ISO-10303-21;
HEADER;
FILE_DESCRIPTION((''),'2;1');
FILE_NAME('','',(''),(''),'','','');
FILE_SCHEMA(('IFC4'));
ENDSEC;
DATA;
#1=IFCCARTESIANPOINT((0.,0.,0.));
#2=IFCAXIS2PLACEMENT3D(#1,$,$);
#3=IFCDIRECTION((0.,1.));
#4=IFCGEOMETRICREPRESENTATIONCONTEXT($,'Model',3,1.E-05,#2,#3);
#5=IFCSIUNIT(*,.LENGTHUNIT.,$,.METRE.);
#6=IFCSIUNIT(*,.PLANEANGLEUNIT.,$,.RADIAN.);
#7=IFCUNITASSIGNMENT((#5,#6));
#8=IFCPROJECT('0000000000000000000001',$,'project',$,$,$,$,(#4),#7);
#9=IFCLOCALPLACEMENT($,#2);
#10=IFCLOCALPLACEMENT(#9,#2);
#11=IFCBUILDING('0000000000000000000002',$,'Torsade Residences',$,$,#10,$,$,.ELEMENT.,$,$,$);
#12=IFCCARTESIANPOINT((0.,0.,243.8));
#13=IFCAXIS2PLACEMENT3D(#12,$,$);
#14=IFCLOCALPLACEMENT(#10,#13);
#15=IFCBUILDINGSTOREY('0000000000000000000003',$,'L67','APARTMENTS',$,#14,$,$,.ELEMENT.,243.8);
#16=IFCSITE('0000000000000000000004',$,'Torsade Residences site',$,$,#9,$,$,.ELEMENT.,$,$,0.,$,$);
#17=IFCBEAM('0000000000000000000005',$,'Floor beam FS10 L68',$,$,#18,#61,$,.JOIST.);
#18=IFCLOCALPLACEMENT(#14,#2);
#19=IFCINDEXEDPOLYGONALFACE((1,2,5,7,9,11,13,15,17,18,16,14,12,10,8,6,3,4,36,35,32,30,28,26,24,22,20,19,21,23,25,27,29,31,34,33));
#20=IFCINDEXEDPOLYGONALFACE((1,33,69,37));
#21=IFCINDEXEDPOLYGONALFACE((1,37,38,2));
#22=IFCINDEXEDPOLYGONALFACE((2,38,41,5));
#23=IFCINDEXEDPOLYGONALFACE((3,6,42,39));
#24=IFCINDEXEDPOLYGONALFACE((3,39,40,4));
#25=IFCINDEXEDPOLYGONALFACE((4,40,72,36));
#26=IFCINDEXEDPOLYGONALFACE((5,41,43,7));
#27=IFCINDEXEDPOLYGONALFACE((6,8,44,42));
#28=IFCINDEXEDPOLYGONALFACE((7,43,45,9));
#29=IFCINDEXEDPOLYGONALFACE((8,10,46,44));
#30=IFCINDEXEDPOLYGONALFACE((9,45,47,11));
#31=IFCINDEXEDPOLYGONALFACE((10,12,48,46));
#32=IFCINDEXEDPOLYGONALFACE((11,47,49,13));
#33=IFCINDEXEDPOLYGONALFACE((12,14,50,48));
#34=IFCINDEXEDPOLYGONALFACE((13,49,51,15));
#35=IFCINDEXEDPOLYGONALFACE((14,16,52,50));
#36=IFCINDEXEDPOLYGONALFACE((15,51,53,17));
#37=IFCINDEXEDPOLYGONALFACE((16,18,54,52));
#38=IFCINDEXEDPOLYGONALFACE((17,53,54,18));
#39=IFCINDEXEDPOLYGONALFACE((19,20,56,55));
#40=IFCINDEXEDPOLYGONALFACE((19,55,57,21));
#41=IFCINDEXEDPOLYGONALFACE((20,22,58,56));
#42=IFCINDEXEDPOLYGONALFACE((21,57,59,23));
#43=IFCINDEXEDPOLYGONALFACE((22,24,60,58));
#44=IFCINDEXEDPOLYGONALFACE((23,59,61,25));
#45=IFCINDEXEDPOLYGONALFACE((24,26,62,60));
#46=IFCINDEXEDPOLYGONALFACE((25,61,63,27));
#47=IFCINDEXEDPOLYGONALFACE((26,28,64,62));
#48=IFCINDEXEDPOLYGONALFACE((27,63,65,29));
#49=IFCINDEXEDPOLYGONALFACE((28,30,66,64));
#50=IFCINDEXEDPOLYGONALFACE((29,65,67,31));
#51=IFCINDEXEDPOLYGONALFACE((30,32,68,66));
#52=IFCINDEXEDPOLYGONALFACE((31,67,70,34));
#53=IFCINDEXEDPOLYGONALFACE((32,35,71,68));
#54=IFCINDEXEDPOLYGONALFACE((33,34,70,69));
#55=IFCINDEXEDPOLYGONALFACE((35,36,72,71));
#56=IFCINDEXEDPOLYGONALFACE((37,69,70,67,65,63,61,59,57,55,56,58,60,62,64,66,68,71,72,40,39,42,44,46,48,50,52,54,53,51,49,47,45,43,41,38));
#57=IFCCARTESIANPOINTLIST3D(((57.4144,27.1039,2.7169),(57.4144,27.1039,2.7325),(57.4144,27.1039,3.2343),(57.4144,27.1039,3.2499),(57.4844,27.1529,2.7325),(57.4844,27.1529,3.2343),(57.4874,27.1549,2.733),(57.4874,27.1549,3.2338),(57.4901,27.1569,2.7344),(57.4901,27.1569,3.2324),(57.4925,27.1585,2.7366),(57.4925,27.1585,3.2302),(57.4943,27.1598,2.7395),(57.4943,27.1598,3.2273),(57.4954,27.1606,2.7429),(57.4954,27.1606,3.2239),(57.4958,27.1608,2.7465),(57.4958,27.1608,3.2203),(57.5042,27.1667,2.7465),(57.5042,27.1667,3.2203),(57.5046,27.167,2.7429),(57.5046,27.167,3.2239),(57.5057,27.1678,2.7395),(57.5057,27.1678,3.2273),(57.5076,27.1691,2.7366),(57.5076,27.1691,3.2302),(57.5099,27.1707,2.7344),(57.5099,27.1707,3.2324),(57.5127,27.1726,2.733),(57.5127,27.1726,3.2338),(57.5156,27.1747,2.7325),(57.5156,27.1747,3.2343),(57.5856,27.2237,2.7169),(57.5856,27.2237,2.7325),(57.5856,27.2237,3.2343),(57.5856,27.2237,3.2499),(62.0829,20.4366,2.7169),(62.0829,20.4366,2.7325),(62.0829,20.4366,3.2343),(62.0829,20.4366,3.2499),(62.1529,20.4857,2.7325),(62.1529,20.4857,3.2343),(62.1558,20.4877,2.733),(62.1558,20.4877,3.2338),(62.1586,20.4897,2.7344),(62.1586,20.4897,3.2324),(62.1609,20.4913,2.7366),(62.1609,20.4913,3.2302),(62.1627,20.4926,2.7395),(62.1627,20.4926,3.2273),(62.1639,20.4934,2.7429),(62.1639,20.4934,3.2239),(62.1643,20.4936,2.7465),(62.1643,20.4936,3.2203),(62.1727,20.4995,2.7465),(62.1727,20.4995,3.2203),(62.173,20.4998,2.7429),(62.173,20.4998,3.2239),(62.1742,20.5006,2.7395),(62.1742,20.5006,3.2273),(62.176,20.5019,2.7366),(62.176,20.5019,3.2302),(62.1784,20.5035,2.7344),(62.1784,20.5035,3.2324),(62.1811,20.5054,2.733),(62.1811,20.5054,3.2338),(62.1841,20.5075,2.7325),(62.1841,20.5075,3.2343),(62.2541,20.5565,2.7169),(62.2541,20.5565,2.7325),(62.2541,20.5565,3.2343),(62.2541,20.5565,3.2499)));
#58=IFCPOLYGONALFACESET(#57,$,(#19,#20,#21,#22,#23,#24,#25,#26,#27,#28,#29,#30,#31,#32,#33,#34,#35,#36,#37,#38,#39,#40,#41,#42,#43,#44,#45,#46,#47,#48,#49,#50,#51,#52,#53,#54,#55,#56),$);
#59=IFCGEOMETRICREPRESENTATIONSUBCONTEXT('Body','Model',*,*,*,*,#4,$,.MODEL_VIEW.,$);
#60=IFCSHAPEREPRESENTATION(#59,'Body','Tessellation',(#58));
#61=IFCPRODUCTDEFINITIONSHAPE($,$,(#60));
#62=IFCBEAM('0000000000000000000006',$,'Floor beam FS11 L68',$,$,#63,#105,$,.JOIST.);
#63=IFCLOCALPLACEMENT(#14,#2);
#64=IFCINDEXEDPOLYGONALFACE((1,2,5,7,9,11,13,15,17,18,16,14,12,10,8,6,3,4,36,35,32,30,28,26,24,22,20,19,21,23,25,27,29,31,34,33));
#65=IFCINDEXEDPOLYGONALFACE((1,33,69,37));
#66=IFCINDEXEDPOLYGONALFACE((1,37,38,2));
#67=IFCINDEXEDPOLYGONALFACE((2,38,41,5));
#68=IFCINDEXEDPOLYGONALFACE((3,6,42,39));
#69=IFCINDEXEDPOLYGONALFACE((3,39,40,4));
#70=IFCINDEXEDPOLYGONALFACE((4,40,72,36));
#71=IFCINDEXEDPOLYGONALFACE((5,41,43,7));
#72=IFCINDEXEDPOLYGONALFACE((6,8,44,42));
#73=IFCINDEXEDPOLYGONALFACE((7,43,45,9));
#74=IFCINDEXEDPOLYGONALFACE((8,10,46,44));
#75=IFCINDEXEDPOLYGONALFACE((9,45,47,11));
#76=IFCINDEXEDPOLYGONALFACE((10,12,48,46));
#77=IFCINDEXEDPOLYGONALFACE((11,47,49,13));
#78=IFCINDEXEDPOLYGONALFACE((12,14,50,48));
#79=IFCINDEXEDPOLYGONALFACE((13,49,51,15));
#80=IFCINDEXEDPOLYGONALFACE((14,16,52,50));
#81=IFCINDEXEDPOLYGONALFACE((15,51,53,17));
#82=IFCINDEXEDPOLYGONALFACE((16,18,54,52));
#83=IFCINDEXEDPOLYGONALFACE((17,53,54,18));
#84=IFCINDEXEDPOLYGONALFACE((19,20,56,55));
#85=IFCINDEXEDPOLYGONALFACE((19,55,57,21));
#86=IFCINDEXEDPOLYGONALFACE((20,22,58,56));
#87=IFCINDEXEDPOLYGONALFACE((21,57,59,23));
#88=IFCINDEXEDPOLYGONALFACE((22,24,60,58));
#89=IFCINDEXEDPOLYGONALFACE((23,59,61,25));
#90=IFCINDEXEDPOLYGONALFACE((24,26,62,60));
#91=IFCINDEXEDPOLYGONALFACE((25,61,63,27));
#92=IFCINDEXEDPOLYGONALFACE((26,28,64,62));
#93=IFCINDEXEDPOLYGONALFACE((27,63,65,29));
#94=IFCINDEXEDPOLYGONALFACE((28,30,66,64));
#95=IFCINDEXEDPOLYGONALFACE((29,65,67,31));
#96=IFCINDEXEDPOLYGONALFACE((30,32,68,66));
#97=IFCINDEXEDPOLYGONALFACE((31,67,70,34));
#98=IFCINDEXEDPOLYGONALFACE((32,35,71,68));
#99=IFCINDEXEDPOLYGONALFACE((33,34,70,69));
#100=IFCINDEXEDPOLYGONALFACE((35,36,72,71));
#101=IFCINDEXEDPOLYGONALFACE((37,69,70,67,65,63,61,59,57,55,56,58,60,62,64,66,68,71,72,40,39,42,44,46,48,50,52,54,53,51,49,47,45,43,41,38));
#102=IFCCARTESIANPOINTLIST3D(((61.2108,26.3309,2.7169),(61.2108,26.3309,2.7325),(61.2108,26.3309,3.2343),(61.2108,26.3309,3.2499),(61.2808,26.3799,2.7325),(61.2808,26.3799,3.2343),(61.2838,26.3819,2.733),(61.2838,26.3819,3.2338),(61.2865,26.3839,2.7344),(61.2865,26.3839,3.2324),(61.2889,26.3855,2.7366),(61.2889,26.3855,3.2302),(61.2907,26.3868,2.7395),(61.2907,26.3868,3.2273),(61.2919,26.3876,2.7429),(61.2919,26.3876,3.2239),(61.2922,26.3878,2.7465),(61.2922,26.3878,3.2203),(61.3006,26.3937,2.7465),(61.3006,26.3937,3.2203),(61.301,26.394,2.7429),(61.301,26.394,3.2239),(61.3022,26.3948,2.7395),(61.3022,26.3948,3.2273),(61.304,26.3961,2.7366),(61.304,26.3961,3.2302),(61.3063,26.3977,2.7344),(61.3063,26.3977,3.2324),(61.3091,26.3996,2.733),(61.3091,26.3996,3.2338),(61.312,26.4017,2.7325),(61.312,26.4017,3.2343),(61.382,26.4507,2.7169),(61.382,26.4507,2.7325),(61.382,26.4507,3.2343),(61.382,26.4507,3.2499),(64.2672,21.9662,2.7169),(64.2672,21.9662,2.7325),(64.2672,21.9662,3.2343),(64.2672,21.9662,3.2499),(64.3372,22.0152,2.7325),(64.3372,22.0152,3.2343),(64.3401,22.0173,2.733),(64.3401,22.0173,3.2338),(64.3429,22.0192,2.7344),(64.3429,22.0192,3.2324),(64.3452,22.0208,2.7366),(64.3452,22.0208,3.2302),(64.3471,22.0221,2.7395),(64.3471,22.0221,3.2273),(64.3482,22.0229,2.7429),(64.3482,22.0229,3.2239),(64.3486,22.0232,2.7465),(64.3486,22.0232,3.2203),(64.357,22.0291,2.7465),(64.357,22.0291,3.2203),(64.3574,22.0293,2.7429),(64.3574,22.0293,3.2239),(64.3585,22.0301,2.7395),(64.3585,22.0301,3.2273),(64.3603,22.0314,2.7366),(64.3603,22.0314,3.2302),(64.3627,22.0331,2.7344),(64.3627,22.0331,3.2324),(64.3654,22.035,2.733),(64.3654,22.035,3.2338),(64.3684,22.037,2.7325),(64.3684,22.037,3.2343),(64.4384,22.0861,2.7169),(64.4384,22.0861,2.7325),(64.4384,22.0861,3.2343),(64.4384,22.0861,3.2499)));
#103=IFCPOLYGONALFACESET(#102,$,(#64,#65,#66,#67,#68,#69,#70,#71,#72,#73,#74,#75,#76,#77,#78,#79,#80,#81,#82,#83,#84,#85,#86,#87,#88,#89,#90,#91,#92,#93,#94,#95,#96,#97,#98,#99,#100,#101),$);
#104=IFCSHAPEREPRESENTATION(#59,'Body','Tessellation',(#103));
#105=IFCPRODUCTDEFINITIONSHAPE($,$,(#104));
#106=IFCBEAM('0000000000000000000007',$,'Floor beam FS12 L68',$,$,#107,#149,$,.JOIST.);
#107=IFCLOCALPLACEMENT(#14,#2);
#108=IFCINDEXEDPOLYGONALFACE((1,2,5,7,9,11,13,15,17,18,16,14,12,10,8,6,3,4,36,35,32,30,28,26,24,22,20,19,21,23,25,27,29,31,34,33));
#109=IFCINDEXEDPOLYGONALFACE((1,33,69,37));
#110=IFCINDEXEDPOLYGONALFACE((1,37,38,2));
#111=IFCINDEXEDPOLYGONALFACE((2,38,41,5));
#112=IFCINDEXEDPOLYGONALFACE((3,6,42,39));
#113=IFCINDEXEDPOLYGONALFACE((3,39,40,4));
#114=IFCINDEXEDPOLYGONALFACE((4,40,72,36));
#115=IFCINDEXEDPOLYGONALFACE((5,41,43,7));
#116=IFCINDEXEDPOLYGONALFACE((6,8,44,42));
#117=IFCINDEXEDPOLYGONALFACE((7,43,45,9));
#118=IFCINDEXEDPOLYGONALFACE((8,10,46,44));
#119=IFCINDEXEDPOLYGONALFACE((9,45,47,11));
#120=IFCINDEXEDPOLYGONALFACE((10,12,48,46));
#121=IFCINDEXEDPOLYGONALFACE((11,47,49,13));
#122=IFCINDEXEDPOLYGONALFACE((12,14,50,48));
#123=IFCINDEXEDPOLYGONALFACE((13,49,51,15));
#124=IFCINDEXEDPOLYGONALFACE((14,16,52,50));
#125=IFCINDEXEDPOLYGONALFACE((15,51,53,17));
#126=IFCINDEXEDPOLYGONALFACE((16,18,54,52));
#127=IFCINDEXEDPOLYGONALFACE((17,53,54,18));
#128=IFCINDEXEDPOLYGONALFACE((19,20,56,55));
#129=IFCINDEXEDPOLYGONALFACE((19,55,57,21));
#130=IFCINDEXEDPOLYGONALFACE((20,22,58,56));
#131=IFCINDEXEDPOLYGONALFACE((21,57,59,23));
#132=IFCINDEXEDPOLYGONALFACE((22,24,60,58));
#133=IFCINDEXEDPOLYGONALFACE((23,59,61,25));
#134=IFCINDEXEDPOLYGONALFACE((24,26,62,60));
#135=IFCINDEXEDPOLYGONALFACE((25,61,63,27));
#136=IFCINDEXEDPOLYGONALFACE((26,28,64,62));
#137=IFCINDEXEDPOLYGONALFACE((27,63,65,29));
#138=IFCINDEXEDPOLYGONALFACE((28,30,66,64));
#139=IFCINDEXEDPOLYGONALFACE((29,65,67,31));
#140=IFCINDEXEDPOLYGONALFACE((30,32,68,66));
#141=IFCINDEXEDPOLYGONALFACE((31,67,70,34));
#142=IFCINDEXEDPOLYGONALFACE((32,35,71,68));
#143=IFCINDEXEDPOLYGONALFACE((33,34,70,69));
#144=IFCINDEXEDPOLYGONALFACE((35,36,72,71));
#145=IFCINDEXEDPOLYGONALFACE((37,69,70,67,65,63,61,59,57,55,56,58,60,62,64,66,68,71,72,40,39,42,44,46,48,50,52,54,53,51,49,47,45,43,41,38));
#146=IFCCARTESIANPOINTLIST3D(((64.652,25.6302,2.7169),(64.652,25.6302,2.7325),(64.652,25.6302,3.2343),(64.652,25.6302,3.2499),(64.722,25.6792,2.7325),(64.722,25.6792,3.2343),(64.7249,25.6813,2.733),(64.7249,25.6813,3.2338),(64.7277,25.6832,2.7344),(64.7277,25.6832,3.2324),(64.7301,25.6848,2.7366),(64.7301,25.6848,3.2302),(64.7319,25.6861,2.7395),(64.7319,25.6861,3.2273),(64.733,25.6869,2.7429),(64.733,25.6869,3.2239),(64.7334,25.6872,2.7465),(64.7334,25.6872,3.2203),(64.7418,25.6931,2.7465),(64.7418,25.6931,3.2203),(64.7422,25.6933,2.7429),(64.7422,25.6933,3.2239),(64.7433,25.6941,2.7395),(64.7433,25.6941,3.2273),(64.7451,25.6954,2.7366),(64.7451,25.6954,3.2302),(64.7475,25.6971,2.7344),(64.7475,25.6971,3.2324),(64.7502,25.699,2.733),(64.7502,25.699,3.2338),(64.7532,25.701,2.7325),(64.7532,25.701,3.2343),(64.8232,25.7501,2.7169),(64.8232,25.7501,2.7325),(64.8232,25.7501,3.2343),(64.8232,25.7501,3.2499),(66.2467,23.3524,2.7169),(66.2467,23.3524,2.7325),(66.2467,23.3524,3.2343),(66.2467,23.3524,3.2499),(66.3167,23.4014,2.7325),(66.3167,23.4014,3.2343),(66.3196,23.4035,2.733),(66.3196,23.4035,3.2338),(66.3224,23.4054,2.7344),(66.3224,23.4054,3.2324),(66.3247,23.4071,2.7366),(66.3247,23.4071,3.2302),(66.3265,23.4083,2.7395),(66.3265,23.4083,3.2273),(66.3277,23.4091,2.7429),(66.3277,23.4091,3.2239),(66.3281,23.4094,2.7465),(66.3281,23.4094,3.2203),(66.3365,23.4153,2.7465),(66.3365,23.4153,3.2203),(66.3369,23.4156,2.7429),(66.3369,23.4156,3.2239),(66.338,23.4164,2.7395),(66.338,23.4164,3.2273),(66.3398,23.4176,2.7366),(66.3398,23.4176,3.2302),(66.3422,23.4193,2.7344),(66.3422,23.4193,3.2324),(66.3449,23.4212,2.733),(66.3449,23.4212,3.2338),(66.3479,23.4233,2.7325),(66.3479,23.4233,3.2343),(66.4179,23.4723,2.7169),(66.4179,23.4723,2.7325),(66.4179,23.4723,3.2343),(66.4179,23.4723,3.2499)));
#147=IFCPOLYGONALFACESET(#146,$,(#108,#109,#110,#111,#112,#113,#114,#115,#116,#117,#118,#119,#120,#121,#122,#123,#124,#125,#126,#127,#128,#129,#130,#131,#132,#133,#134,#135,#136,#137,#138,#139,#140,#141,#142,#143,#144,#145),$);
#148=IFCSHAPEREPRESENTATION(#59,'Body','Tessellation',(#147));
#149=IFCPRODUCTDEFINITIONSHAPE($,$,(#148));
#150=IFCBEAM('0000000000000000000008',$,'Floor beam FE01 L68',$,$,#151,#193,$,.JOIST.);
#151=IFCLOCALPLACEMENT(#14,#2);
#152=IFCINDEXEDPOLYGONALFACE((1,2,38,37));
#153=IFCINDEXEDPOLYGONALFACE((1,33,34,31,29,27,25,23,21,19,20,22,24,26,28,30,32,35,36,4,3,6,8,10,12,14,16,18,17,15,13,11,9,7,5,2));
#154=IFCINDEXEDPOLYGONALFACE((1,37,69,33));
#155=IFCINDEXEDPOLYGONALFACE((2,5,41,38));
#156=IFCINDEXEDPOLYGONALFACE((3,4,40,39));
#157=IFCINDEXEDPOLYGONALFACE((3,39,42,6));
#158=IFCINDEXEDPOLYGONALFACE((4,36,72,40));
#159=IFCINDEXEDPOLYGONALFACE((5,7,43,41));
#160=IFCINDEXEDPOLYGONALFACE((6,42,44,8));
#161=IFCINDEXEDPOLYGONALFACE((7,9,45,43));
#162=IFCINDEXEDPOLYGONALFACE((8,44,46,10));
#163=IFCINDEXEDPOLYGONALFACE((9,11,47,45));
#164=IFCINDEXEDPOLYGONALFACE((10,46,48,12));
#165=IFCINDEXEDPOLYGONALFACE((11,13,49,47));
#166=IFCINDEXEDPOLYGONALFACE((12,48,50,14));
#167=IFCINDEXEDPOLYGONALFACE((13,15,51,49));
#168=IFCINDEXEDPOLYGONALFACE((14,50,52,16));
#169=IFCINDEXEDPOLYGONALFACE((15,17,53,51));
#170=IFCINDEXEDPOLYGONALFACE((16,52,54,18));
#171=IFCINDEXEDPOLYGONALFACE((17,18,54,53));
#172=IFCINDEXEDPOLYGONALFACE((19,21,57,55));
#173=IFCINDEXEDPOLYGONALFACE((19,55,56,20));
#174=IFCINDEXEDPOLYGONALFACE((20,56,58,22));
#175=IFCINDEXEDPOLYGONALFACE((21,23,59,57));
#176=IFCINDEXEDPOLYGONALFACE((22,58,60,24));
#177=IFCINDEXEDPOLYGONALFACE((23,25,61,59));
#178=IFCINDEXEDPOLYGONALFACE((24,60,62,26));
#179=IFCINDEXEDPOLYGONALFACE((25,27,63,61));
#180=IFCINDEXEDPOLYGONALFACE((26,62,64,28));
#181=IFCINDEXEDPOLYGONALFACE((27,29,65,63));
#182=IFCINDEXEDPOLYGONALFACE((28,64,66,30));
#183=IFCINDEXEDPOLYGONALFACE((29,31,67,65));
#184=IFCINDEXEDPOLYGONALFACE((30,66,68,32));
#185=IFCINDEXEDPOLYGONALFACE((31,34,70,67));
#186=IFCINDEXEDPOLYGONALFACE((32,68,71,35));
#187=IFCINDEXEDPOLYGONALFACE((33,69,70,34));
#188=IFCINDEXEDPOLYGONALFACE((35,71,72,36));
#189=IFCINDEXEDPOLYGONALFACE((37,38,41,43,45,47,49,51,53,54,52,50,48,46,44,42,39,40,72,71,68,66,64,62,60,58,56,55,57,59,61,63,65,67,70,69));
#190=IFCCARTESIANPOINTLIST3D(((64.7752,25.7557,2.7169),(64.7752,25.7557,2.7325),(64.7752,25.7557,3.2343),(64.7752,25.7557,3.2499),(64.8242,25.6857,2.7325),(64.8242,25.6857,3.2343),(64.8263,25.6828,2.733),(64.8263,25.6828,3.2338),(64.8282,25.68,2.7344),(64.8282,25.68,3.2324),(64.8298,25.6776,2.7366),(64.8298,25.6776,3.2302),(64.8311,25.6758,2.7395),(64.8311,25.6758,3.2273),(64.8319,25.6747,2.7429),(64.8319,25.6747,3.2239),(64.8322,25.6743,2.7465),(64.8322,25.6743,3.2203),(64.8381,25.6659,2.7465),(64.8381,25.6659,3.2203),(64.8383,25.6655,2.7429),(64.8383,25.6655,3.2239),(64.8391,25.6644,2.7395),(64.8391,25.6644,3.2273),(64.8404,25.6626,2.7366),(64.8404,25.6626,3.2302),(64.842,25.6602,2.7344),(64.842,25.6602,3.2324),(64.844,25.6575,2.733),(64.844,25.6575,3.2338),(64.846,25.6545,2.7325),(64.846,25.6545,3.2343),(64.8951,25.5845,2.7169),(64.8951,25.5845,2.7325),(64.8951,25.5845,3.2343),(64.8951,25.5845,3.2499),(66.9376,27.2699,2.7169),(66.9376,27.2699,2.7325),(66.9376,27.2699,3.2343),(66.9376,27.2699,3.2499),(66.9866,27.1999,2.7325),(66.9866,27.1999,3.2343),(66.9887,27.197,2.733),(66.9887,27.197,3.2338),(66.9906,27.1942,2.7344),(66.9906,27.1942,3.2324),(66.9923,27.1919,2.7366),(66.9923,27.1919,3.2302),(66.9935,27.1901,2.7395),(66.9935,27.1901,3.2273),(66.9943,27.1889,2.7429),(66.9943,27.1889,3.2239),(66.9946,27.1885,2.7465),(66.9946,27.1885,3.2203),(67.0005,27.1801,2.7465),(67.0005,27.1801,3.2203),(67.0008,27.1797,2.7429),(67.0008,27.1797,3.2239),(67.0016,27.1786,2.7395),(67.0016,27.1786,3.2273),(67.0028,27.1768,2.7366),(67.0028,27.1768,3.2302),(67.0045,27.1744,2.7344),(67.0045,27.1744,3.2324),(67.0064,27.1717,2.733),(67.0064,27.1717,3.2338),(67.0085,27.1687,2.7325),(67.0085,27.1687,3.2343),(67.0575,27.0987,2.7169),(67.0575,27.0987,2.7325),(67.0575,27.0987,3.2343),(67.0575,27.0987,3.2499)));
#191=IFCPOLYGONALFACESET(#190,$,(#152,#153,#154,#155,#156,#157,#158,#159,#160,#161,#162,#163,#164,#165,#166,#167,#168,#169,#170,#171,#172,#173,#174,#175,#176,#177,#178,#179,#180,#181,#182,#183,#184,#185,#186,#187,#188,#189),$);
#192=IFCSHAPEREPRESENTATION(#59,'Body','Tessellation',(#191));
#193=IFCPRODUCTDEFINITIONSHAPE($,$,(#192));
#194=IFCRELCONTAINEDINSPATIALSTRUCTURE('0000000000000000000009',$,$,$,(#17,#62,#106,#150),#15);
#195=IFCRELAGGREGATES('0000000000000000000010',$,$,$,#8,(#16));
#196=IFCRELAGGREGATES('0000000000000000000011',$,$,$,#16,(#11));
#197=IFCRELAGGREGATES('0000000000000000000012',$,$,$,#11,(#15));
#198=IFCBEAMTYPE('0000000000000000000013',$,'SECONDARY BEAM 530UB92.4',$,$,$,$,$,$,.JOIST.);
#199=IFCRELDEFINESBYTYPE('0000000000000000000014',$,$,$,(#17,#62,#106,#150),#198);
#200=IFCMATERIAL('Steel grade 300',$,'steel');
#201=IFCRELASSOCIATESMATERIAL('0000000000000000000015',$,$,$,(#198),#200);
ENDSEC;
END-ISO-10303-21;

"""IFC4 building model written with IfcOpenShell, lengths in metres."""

from ifc_helpers import new_model, si_unit, direction, frame, origin, origin_2d, place, context, subcontext, project, spatial, i_section, extrude, material, material_profile, profile_set, type_object, element, save


model = new_model("IFC4")

# Units and contexts
model_context = context("Model", 3, precision=1e-05, world=origin(), true_north=direction((0.0, 1.0)))
body_context = subcontext(model_context, "Body", "Model", "MODEL_VIEW")
ifc_project = project(units=[si_unit("LENGTHUNIT", "METRE"), si_unit("PLANEANGLEUNIT", "RADIAN")], contexts=[model_context])

# Site, building, storey
site_placement = place(None, origin())
site = spatial("IfcSite", under=ifc_project, at=site_placement, Name="Torsade Residences site", CompositionType="ELEMENT", RefElevation=0.0)
building_placement = place(site_placement, origin())
building = spatial("IfcBuilding", under=site, at=building_placement, Name="Torsade Residences", CompositionType="ELEMENT")
storey_placement = place(building_placement, frame((0.0, 0.0, 243.8)))
storey = spatial("IfcBuildingStorey", under=building, at=storey_placement, Name="L67", Description="APARTMENTS", CompositionType="ELEMENT", Elevation=243.8)

# Beams
ifc_material_1 = material(Name="Steel grade 300", Category="steel")
ifc_material_profile_1 = material_profile(ifc_material_1, i_section(OverallWidth=0.209, OverallDepth=0.533, WebThickness=0.0103, FlangeThickness=0.0156, FilletRadius=0.0139, at=origin_2d()), Name="530UB92.4")
ifc_profile_set_1 = profile_set([ifc_material_profile_1], Name="Steel grade 300")
beam_type_1 = type_object("IfcBeamType", Name="SECONDARY BEAM 530UB92.4", PredefinedType="JOIST", material=ifc_profile_set_1)
beam_1_placement = place(storey_placement, frame((62.1685, 20.4966, 2.9834), z_axis=(-0.573577, 0.819152, 0.0), x_axis=(-0.819152, -0.573577, 0.0)))
element("IfcBeam", 1, at=beam_1_placement, inside=storey, type_object=beam_type_1, Name="Floor beam FS10 L68", PredefinedType="JOIST", context=body_context, shape_type="SweptSolid", body=[
    extrude(i_section(OverallWidth=0.209, OverallDepth=0.533, WebThickness=0.0103, FlangeThickness=0.0156, FilletRadius=0.0139, at=origin_2d()), origin(), (0.0, 0.0, 1.0), 8.1392),
])
beam_2_placement = place(storey_placement, frame((64.3528, 22.0261, 2.9834), z_axis=(-0.573598, 0.819137, 0.0), x_axis=(-0.819137, -0.573598, 0.0)))
element("IfcBeam", 2, at=beam_2_placement, inside=storey, type_object=beam_type_1, Name="Floor beam FS11 L68", PredefinedType="JOIST", context=body_context, shape_type="SweptSolid", body=[
    extrude(i_section(OverallWidth=0.209, OverallDepth=0.533, WebThickness=0.0103, FlangeThickness=0.0156, FilletRadius=0.0139, at=origin_2d()), origin(), (0.0, 0.0, 1.0), 5.3284),
])
beam_3_placement = place(storey_placement, frame((66.3323, 23.4124, 2.9834), z_axis=(-0.573521, 0.819191, 0.0), x_axis=(-0.819191, -0.573521, 0.0)))
element("IfcBeam", 3, at=beam_3_placement, inside=storey, type_object=beam_type_1, Name="Floor beam FS12 L68", PredefinedType="JOIST", context=body_context, shape_type="SweptSolid", body=[
    extrude(i_section(OverallWidth=0.209, OverallDepth=0.533, WebThickness=0.0103, FlangeThickness=0.0156, FilletRadius=0.0139, at=origin_2d()), origin(), (0.0, 0.0, 1.0), 2.7805),
])
beam_4_placement = place(storey_placement, frame((66.9976, 27.1843, 2.9834), z_axis=(-0.819141, -0.573593, 0.0), x_axis=(0.573593, -0.819141, 0.0)))
element("IfcBeam", 4, at=beam_4_placement, inside=storey, type_object=beam_type_1, Name="Floor beam FE01 L68", PredefinedType="JOIST", context=body_context, shape_type="SweptSolid", body=[
    extrude(i_section(OverallWidth=0.209, OverallDepth=0.533, WebThickness=0.0103, FlangeThickness=0.0156, FilletRadius=0.0139, at=origin_2d()), origin(), (0.0, 0.0, 1.0), 2.6399),
])

save(model, "model.ifc")
